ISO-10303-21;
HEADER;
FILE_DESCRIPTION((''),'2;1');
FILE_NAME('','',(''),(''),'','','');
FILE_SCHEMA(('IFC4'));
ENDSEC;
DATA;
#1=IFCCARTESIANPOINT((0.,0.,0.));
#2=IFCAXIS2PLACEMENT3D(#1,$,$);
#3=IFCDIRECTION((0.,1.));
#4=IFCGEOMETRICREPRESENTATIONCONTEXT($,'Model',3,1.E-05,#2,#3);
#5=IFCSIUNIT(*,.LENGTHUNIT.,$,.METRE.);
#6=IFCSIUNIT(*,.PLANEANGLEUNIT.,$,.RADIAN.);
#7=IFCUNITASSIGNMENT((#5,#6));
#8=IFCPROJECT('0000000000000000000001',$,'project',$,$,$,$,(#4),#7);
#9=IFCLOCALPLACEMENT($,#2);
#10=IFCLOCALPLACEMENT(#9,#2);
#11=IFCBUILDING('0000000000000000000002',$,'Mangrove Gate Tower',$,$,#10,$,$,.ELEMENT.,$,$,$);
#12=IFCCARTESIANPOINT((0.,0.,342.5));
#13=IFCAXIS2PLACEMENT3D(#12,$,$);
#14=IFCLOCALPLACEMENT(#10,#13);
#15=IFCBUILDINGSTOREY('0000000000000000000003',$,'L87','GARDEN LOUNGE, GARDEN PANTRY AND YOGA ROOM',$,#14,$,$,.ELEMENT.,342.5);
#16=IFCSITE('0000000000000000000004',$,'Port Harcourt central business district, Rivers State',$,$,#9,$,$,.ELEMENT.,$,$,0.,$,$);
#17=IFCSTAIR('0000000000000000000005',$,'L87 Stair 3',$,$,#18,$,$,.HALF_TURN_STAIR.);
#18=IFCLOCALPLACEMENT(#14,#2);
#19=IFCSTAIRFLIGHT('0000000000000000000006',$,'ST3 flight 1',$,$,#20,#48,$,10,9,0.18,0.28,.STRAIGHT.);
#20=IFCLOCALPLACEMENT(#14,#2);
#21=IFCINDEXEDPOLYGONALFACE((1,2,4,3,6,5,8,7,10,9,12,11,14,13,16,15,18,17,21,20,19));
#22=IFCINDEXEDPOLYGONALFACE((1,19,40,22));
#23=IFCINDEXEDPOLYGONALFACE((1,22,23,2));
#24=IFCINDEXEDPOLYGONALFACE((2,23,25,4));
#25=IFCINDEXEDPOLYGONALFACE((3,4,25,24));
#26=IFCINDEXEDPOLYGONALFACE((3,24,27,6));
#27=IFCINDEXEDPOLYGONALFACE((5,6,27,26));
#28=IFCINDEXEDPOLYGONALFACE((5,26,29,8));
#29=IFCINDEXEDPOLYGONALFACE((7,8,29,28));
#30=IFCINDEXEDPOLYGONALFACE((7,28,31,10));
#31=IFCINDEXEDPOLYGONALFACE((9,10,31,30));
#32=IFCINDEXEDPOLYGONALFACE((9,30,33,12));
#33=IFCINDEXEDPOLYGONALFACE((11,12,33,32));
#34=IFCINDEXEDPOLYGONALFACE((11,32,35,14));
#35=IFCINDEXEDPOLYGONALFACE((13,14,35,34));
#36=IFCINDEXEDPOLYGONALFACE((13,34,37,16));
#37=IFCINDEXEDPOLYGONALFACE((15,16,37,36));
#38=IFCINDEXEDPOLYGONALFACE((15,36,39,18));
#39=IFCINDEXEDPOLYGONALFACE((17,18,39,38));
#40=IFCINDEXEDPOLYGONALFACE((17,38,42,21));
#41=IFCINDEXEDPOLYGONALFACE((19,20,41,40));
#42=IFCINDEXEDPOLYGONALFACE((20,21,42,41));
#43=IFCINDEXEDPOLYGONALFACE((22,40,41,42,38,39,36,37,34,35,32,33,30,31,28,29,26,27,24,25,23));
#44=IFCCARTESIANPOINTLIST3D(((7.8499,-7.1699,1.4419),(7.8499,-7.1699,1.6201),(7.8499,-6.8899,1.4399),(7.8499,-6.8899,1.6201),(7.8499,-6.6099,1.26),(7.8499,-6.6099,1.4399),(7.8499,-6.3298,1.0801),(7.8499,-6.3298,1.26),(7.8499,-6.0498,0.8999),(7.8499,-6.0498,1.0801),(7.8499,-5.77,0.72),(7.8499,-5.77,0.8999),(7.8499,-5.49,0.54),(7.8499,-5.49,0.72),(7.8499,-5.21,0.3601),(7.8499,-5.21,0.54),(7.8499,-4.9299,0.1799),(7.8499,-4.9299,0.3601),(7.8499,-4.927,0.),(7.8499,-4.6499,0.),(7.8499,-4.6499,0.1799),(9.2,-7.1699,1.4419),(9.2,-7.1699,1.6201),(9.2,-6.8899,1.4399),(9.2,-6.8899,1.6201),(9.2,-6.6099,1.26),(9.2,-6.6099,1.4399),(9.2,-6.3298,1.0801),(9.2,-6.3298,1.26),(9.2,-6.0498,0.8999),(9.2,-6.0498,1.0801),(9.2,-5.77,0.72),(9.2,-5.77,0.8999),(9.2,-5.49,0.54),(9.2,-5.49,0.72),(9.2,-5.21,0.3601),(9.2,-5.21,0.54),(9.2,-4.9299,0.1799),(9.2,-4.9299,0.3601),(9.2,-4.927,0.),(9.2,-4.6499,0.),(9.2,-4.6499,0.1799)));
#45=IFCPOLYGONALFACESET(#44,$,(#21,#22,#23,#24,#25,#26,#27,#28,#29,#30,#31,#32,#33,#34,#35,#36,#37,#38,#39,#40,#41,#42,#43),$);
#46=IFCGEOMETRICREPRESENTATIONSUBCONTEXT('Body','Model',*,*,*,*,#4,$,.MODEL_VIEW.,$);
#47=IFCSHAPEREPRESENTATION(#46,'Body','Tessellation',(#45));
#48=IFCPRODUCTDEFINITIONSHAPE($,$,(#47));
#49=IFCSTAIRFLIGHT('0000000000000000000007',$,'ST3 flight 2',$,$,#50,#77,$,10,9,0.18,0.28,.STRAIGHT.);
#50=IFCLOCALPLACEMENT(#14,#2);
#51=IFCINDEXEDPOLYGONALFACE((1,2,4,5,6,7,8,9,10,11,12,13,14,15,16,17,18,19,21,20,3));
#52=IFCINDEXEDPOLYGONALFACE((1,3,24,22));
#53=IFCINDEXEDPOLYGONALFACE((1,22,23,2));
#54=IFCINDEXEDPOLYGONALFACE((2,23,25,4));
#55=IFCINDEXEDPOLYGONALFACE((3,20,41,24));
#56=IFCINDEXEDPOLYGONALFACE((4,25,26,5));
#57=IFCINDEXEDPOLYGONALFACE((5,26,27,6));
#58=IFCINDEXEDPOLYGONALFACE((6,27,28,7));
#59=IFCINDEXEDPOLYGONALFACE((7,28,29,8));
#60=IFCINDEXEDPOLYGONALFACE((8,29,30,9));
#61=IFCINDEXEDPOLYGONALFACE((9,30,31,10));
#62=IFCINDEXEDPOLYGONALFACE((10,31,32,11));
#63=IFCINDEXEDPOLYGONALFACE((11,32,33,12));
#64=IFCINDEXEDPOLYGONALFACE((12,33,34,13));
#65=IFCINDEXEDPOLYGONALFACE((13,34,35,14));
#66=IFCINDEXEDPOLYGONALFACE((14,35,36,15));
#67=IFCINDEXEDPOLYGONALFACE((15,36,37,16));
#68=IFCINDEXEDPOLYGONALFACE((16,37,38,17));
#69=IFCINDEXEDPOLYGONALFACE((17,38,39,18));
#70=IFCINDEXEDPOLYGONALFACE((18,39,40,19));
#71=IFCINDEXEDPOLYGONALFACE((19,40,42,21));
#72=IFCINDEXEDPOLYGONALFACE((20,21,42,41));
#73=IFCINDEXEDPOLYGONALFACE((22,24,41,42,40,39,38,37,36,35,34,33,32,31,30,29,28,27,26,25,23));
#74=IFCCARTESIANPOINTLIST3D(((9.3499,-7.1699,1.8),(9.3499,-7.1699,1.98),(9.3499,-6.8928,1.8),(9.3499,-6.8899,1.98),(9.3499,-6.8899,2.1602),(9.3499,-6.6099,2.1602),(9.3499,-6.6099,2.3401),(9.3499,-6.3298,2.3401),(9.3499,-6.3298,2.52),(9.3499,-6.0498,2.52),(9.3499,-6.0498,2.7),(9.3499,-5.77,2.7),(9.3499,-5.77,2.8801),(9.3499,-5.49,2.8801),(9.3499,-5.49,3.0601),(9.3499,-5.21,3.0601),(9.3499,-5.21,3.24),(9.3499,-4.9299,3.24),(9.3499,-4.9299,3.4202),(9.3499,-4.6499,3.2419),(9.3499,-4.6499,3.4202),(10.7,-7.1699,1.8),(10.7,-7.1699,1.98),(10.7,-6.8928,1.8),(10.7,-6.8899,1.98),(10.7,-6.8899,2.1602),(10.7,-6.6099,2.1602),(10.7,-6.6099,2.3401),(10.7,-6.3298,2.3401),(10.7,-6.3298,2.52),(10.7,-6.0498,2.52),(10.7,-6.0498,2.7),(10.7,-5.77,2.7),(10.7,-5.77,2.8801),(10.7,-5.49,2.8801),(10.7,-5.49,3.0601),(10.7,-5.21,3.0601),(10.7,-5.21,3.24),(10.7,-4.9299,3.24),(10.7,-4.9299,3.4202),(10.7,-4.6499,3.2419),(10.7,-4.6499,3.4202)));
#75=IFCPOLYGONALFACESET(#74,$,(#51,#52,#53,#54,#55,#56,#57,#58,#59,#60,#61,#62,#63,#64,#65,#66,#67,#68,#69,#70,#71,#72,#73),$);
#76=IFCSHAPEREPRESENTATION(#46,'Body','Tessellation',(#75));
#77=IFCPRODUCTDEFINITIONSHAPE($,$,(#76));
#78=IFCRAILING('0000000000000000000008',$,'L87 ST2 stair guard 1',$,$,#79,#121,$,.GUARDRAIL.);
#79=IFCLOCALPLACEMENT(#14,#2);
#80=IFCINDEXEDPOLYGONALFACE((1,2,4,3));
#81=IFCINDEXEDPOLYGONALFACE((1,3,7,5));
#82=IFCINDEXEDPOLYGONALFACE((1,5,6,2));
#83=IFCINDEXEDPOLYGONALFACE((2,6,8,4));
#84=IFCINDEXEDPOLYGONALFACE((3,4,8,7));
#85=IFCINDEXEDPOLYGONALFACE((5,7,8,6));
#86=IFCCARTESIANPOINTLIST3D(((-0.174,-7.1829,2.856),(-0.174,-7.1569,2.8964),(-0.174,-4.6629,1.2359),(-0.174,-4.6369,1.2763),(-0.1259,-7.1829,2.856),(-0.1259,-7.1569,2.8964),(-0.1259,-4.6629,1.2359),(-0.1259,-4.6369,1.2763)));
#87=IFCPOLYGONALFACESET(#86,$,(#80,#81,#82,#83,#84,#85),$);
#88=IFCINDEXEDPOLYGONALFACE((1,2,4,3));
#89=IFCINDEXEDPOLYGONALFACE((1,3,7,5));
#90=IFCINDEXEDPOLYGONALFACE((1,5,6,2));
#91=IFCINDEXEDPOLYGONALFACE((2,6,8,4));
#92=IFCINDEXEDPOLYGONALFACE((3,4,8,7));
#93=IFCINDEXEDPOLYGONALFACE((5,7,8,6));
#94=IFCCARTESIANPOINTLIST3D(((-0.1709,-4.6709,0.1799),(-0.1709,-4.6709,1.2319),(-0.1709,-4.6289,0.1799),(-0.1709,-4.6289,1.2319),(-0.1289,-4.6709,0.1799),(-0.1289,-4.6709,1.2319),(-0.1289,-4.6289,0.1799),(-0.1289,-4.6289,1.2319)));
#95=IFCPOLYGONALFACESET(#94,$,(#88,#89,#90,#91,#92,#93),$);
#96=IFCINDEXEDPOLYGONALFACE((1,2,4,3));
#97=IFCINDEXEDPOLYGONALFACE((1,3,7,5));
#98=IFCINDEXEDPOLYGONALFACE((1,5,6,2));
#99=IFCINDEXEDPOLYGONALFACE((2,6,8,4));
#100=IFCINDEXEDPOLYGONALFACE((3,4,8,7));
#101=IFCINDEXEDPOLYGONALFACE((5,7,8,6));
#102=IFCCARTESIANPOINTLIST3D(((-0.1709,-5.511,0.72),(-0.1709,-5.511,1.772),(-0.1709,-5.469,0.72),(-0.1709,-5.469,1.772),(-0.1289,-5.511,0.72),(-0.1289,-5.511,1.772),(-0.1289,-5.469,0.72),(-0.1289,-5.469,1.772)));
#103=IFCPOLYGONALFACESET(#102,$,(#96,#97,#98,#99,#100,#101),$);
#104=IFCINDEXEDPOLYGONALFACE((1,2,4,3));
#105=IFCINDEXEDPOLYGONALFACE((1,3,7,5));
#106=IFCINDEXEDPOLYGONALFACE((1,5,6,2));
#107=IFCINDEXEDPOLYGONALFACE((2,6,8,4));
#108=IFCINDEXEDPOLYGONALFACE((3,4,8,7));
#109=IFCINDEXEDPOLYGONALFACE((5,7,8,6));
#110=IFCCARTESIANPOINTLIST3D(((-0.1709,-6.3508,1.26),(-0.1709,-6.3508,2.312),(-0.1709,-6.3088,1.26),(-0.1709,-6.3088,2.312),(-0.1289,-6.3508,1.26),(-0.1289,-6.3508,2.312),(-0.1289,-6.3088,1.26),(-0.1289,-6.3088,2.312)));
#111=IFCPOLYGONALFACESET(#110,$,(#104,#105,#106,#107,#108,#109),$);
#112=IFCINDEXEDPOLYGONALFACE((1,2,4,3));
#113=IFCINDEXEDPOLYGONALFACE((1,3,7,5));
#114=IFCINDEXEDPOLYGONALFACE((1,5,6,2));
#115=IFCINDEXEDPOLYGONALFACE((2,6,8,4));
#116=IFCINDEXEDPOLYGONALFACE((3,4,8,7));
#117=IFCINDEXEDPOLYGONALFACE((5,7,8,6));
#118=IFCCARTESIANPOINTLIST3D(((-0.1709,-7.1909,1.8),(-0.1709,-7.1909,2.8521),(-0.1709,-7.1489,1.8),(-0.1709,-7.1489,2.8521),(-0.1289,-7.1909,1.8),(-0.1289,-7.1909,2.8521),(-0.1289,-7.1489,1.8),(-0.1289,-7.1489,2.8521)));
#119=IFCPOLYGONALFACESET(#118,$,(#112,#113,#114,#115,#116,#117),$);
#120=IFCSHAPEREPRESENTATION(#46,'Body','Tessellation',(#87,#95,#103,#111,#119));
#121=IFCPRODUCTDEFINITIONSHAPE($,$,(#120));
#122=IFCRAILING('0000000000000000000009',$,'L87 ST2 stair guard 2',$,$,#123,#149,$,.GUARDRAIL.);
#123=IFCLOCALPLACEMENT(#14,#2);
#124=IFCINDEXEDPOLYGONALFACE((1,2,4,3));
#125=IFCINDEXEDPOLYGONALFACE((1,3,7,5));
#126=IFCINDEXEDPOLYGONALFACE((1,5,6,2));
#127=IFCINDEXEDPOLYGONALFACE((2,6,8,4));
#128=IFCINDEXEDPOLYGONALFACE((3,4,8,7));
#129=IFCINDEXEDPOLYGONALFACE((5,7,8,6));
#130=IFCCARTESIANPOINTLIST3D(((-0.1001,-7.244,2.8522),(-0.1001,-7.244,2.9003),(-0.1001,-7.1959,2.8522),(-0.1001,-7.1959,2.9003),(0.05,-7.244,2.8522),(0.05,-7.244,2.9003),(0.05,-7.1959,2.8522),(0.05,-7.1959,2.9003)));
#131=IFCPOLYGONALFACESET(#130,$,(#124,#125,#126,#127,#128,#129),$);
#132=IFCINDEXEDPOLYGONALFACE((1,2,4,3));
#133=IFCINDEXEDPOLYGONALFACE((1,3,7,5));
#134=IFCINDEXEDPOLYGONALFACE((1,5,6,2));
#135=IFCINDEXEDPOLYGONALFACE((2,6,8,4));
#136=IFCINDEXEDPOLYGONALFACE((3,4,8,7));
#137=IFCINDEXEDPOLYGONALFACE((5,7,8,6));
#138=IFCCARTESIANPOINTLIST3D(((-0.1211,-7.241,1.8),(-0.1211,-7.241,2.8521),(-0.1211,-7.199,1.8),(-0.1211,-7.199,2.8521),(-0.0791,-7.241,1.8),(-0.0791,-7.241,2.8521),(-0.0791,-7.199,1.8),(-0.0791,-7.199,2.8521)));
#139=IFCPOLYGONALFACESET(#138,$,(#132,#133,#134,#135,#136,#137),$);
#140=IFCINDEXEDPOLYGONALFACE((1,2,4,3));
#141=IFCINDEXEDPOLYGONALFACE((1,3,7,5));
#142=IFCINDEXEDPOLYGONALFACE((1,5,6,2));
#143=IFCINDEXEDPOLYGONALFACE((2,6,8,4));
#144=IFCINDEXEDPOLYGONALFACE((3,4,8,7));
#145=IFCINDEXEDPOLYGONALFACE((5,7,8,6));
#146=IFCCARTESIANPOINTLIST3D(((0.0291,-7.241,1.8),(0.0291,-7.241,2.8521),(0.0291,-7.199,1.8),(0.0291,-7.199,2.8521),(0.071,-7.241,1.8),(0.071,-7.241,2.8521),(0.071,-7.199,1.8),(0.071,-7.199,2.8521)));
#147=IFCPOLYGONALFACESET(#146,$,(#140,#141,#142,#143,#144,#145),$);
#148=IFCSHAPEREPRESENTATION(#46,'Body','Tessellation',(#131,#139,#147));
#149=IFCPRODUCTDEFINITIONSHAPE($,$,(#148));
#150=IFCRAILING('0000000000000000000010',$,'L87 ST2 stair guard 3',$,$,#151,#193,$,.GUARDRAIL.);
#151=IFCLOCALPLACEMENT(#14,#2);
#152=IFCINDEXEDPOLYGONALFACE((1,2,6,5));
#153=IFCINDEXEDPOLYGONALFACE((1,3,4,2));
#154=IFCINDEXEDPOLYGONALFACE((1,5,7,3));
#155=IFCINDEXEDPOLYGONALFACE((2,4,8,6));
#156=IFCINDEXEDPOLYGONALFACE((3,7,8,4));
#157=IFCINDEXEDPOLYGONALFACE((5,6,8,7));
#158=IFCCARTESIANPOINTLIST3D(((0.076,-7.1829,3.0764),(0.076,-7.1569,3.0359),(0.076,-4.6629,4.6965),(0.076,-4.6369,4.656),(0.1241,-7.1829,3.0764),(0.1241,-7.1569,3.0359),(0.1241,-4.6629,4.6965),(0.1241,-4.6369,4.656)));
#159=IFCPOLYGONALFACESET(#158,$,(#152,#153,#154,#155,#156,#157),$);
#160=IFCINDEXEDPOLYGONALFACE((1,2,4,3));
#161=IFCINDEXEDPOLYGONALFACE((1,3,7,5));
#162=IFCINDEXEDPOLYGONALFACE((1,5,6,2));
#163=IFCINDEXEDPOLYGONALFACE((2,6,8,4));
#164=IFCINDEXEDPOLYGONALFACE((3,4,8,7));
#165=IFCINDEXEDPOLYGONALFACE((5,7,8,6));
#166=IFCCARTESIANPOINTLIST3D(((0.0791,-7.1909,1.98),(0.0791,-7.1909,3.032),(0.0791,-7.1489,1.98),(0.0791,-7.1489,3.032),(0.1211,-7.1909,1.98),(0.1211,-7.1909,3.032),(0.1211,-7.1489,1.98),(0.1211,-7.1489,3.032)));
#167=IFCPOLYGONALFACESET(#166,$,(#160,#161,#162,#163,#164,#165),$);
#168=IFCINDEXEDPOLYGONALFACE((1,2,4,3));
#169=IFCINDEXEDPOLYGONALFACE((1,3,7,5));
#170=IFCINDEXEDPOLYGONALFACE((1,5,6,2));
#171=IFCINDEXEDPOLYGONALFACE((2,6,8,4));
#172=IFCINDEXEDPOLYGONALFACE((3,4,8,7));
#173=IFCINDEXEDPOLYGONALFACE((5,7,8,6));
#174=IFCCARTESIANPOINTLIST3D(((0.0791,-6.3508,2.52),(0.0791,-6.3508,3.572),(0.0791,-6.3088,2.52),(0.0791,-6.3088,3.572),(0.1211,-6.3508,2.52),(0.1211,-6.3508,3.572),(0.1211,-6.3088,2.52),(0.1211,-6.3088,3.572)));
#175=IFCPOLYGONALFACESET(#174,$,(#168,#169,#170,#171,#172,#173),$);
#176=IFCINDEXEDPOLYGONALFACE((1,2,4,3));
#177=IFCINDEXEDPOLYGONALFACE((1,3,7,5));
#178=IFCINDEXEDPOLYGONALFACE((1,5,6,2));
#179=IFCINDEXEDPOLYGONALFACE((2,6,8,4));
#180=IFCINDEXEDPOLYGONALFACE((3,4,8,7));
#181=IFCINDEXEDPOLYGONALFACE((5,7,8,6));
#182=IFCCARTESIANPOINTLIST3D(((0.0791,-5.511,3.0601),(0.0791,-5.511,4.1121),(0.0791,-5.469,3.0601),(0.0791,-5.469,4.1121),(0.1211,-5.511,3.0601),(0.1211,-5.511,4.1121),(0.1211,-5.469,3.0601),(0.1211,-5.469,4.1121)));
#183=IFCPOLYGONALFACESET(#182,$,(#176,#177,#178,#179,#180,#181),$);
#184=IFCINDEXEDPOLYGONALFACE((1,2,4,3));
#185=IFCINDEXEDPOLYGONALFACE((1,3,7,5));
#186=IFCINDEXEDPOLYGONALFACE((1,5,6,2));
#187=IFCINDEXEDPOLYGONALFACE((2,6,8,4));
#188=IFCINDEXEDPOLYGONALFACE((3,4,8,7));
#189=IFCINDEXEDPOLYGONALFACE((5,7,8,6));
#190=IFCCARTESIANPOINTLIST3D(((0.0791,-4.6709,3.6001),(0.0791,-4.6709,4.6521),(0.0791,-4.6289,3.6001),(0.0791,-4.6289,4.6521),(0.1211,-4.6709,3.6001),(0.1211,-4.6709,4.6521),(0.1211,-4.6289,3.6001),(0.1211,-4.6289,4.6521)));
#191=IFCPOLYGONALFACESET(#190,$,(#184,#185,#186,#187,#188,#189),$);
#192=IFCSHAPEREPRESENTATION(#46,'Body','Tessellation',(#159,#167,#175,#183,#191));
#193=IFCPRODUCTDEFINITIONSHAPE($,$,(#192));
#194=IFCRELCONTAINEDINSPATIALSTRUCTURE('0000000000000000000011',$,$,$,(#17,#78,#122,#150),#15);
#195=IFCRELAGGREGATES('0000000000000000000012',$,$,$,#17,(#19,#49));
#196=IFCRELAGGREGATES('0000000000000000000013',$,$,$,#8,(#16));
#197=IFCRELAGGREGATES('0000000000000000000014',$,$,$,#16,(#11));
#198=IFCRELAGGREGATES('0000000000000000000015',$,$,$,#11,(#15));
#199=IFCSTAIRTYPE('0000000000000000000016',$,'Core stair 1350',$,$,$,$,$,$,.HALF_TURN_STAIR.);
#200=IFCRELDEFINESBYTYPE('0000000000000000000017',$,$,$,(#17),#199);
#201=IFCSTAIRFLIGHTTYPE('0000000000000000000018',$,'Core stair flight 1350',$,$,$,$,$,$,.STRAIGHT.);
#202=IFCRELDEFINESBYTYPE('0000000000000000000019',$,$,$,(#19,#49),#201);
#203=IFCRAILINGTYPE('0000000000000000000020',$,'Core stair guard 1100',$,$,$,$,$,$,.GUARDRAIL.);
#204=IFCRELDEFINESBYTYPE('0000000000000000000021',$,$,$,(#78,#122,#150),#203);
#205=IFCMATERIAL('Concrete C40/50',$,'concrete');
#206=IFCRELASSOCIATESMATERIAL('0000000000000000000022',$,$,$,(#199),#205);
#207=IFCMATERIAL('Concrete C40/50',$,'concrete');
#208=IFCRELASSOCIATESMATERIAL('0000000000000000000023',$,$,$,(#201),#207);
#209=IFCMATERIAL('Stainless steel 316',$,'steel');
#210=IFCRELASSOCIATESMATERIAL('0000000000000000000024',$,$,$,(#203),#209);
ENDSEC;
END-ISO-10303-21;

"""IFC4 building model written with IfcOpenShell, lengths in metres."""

from ifc_helpers import new_model, si_unit, direction, frame, origin, origin_2d, place, context, subcontext, project, spatial, polyline, rectangle, outline, extrude, material, type_object, element, aggregate, save


model = new_model("IFC4")

# Units and contexts
model_context = context("Model", 3, precision=1e-05, world=origin(), true_north=direction((0.0, 1.0)))
body_context = subcontext(model_context, "Body", "Model", "MODEL_VIEW")
ifc_project = project(units=[si_unit("LENGTHUNIT", "METRE"), si_unit("PLANEANGLEUNIT", "RADIAN")], contexts=[model_context])

# Site, building, storey
site_placement = place(None, origin())
site = spatial("IfcSite", under=ifc_project, at=site_placement, Name="Port Harcourt central business district, Rivers State", CompositionType="ELEMENT", RefElevation=0.0)
building_placement = place(site_placement, origin())
building = spatial("IfcBuilding", under=site, at=building_placement, Name="Mangrove Gate Tower", CompositionType="ELEMENT")
storey_placement = place(building_placement, frame((0.0, 0.0, 342.5)))
storey = spatial("IfcBuildingStorey", under=building, at=storey_placement, Name="L87", Description="GARDEN LOUNGE, GARDEN PANTRY AND YOGA ROOM", CompositionType="ELEMENT", Elevation=342.5)

# Stair, stair flights
ifc_material_1 = material(Name="Concrete C40/50", Category="concrete")
stair_type = type_object("IfcStairType", Name="Core stair 1350", PredefinedType="HALF_TURN_STAIR", material=ifc_material_1)
ifc_material_2 = material(Name="Concrete C40/50", Category="concrete")
stair_flight_type = type_object("IfcStairFlightType", Name="Core stair flight 1350", PredefinedType="STRAIGHT", material=ifc_material_2)
stair_1_placement = place(storey_placement, origin())
stair_1 = element("IfcStair", 1, at=stair_1_placement, inside=storey, type_object=stair_type, Name="L87 Stair 3", PredefinedType="HALF_TURN_STAIR")
stair_flight_1_placement = place(storey_placement, frame((8.5249, -4.6499, 0.0), z_axis=(0.0, 0.0, 1.0), x_axis=(0.0, -1.0, 0.0)))
stair_flight_1 = element("IfcStairFlight", 2, at=stair_flight_1_placement, type_object=stair_flight_type, Name="ST3 flight 1", NumberOfRisers=10, NumberOfTreads=9, PredefinedType="STRAIGHT", RiserHeight=0.18, TreadLength=0.28, context=body_context, shape_type="SweptSolid", body=[
    extrude(outline(polyline([(0.0, 0.0), (0.0, 0.1799), (0.28, 0.1799), (0.28, 0.3601), (0.5601, 0.3601), (0.5601, 0.54), (0.8401, 0.54), (0.8401, 0.72), (1.1201, 0.72), (1.1201, 0.8999), (1.3999, 0.8999), (1.3999, 1.0801), (1.6799, 1.0801), (1.6799, 1.26), (1.96, 1.26), (1.96, 1.4399), (2.24, 1.4399), (2.24, 1.6201), (2.52, 1.6201), (2.52, 1.8), (2.52, 1.4419), (0.2771, 0.0), (0.0, 0.0)])), frame((0.0, 0.675, 0.0), z_axis=(0.0, -1.0, 0.0), x_axis=(1.0, 0.0, 0.0)), (0.0, 0.0, 1.0), 1.3501),
])
stair_flight_2_placement = place(storey_placement, frame((10.0249, -7.1699, 1.8), z_axis=(0.0, 0.0, 1.0), x_axis=(0.0, 1.0, 0.0)))
stair_flight_2 = element("IfcStairFlight", 3, at=stair_flight_2_placement, type_object=stair_flight_type, Name="ST3 flight 2", NumberOfRisers=10, NumberOfTreads=9, PredefinedType="STRAIGHT", RiserHeight=0.18, TreadLength=0.28, context=body_context, shape_type="SweptSolid", body=[
    extrude(outline(polyline([(0.0, 0.0), (0.0, 0.1799), (0.28, 0.1799), (0.28, 0.3601), (0.5601, 0.3601), (0.5601, 0.54), (0.8401, 0.54), (0.8401, 0.72), (1.1201, 0.72), (1.1201, 0.8999), (1.3999, 0.8999), (1.3999, 1.0801), (1.6799, 1.0801), (1.6799, 1.26), (1.96, 1.26), (1.96, 1.4399), (2.24, 1.4399), (2.24, 1.6201), (2.52, 1.6201), (2.52, 1.8), (2.52, 1.4419), (0.2771, 0.0), (0.0, 0.0)])), frame((0.0, 0.675, 0.0), z_axis=(0.0, -1.0, 0.0), x_axis=(1.0, 0.0, 0.0)), (0.0, 0.0, 1.0), 1.3501),
])
aggregate(stair_1, [stair_flight_1, stair_flight_2])

# Railings
ifc_material_3 = material(Name="Stainless steel 316", Category="steel")
railing_type_1 = type_object("IfcRailingType", Name="Core stair guard 1100", PredefinedType="GUARDRAIL", material=ifc_material_3)
railing_1_placement = place(storey_placement, frame((-0.1499, -4.6499, 0.1799)))
element("IfcRailing", 4, at=railing_1_placement, inside=storey, type_object=railing_type_1, Name="L87 ST2 stair guard 1", PredefinedType="GUARDRAIL", context=body_context, shape_type="SweptSolid", body=[
    extrude(rectangle(XDim=0.0481, YDim=0.0481, at=origin_2d()), frame((0.0, 0.0, 1.0762), z_axis=(0.0, -0.841163, 0.540782), x_axis=(1.0, 0.0, 0.0)), (0.0, 0.0, 1.0), 2.9958),
    extrude(rectangle(XDim=0.042, YDim=0.042, at=origin_2d()), origin(), (0.0, 0.0, 1.0), 1.052),
    extrude(rectangle(XDim=0.042, YDim=0.042, at=origin_2d()), frame((0.0, -0.8401, 0.54)), (0.0, 0.0, 1.0), 1.052),
    extrude(rectangle(XDim=0.042, YDim=0.042, at=origin_2d()), frame((0.0, -1.6799, 1.0801)), (0.0, 0.0, 1.0), 1.052),
    extrude(rectangle(XDim=0.042, YDim=0.042, at=origin_2d()), frame((0.0, -2.52, 1.6201)), (0.0, 0.0, 1.0), 1.052),
])
railing_2_placement = place(storey_placement, frame((-0.1001, -7.22, 1.8)))
element("IfcRailing", 5, at=railing_2_placement, inside=storey, type_object=railing_type_1, Name="L87 ST2 stair guard 2", PredefinedType="GUARDRAIL", context=body_context, shape_type="SweptSolid", body=[
    extrude(rectangle(XDim=0.0481, YDim=0.0481, at=origin_2d()), frame((0.0, 0.0, 1.0762), z_axis=(1.0, 0.0, 0.0), x_axis=(0.0, 1.0, 0.0)), (0.0, 0.0, 1.0), 0.1501),
    extrude(rectangle(XDim=0.042, YDim=0.042, at=origin_2d()), origin(), (0.0, 0.0, 1.0), 1.052),
    extrude(rectangle(XDim=0.042, YDim=0.042, at=origin_2d()), frame((0.1501, 0.0, 0.0)), (0.0, 0.0, 1.0), 1.052),
])
railing_3_placement = place(storey_placement, frame((0.1001, -7.1699, 1.98)))
element("IfcRailing", 6, at=railing_3_placement, inside=storey, type_object=railing_type_1, Name="L87 ST2 stair guard 3", PredefinedType="GUARDRAIL", context=body_context, shape_type="SweptSolid", body=[
    extrude(rectangle(XDim=0.0481, YDim=0.0481, at=origin_2d()), frame((0.0, 0.0, 1.0762), z_axis=(0.0, 0.841163, 0.540782), x_axis=(-1.0, 0.0, 0.0)), (0.0, 0.0, 1.0), 2.9958),
    extrude(rectangle(XDim=0.042, YDim=0.042, at=origin_2d()), origin(), (0.0, 0.0, 1.0), 1.052),
    extrude(rectangle(XDim=0.042, YDim=0.042, at=origin_2d()), frame((0.0, 0.8401, 0.54)), (0.0, 0.0, 1.0), 1.052),
    extrude(rectangle(XDim=0.042, YDim=0.042, at=origin_2d()), frame((0.0, 1.6799, 1.0801)), (0.0, 0.0, 1.0), 1.052),
    extrude(rectangle(XDim=0.042, YDim=0.042, at=origin_2d()), frame((0.0, 2.52, 1.6201)), (0.0, 0.0, 1.0), 1.052),
])

save(model, "model.ifc")
